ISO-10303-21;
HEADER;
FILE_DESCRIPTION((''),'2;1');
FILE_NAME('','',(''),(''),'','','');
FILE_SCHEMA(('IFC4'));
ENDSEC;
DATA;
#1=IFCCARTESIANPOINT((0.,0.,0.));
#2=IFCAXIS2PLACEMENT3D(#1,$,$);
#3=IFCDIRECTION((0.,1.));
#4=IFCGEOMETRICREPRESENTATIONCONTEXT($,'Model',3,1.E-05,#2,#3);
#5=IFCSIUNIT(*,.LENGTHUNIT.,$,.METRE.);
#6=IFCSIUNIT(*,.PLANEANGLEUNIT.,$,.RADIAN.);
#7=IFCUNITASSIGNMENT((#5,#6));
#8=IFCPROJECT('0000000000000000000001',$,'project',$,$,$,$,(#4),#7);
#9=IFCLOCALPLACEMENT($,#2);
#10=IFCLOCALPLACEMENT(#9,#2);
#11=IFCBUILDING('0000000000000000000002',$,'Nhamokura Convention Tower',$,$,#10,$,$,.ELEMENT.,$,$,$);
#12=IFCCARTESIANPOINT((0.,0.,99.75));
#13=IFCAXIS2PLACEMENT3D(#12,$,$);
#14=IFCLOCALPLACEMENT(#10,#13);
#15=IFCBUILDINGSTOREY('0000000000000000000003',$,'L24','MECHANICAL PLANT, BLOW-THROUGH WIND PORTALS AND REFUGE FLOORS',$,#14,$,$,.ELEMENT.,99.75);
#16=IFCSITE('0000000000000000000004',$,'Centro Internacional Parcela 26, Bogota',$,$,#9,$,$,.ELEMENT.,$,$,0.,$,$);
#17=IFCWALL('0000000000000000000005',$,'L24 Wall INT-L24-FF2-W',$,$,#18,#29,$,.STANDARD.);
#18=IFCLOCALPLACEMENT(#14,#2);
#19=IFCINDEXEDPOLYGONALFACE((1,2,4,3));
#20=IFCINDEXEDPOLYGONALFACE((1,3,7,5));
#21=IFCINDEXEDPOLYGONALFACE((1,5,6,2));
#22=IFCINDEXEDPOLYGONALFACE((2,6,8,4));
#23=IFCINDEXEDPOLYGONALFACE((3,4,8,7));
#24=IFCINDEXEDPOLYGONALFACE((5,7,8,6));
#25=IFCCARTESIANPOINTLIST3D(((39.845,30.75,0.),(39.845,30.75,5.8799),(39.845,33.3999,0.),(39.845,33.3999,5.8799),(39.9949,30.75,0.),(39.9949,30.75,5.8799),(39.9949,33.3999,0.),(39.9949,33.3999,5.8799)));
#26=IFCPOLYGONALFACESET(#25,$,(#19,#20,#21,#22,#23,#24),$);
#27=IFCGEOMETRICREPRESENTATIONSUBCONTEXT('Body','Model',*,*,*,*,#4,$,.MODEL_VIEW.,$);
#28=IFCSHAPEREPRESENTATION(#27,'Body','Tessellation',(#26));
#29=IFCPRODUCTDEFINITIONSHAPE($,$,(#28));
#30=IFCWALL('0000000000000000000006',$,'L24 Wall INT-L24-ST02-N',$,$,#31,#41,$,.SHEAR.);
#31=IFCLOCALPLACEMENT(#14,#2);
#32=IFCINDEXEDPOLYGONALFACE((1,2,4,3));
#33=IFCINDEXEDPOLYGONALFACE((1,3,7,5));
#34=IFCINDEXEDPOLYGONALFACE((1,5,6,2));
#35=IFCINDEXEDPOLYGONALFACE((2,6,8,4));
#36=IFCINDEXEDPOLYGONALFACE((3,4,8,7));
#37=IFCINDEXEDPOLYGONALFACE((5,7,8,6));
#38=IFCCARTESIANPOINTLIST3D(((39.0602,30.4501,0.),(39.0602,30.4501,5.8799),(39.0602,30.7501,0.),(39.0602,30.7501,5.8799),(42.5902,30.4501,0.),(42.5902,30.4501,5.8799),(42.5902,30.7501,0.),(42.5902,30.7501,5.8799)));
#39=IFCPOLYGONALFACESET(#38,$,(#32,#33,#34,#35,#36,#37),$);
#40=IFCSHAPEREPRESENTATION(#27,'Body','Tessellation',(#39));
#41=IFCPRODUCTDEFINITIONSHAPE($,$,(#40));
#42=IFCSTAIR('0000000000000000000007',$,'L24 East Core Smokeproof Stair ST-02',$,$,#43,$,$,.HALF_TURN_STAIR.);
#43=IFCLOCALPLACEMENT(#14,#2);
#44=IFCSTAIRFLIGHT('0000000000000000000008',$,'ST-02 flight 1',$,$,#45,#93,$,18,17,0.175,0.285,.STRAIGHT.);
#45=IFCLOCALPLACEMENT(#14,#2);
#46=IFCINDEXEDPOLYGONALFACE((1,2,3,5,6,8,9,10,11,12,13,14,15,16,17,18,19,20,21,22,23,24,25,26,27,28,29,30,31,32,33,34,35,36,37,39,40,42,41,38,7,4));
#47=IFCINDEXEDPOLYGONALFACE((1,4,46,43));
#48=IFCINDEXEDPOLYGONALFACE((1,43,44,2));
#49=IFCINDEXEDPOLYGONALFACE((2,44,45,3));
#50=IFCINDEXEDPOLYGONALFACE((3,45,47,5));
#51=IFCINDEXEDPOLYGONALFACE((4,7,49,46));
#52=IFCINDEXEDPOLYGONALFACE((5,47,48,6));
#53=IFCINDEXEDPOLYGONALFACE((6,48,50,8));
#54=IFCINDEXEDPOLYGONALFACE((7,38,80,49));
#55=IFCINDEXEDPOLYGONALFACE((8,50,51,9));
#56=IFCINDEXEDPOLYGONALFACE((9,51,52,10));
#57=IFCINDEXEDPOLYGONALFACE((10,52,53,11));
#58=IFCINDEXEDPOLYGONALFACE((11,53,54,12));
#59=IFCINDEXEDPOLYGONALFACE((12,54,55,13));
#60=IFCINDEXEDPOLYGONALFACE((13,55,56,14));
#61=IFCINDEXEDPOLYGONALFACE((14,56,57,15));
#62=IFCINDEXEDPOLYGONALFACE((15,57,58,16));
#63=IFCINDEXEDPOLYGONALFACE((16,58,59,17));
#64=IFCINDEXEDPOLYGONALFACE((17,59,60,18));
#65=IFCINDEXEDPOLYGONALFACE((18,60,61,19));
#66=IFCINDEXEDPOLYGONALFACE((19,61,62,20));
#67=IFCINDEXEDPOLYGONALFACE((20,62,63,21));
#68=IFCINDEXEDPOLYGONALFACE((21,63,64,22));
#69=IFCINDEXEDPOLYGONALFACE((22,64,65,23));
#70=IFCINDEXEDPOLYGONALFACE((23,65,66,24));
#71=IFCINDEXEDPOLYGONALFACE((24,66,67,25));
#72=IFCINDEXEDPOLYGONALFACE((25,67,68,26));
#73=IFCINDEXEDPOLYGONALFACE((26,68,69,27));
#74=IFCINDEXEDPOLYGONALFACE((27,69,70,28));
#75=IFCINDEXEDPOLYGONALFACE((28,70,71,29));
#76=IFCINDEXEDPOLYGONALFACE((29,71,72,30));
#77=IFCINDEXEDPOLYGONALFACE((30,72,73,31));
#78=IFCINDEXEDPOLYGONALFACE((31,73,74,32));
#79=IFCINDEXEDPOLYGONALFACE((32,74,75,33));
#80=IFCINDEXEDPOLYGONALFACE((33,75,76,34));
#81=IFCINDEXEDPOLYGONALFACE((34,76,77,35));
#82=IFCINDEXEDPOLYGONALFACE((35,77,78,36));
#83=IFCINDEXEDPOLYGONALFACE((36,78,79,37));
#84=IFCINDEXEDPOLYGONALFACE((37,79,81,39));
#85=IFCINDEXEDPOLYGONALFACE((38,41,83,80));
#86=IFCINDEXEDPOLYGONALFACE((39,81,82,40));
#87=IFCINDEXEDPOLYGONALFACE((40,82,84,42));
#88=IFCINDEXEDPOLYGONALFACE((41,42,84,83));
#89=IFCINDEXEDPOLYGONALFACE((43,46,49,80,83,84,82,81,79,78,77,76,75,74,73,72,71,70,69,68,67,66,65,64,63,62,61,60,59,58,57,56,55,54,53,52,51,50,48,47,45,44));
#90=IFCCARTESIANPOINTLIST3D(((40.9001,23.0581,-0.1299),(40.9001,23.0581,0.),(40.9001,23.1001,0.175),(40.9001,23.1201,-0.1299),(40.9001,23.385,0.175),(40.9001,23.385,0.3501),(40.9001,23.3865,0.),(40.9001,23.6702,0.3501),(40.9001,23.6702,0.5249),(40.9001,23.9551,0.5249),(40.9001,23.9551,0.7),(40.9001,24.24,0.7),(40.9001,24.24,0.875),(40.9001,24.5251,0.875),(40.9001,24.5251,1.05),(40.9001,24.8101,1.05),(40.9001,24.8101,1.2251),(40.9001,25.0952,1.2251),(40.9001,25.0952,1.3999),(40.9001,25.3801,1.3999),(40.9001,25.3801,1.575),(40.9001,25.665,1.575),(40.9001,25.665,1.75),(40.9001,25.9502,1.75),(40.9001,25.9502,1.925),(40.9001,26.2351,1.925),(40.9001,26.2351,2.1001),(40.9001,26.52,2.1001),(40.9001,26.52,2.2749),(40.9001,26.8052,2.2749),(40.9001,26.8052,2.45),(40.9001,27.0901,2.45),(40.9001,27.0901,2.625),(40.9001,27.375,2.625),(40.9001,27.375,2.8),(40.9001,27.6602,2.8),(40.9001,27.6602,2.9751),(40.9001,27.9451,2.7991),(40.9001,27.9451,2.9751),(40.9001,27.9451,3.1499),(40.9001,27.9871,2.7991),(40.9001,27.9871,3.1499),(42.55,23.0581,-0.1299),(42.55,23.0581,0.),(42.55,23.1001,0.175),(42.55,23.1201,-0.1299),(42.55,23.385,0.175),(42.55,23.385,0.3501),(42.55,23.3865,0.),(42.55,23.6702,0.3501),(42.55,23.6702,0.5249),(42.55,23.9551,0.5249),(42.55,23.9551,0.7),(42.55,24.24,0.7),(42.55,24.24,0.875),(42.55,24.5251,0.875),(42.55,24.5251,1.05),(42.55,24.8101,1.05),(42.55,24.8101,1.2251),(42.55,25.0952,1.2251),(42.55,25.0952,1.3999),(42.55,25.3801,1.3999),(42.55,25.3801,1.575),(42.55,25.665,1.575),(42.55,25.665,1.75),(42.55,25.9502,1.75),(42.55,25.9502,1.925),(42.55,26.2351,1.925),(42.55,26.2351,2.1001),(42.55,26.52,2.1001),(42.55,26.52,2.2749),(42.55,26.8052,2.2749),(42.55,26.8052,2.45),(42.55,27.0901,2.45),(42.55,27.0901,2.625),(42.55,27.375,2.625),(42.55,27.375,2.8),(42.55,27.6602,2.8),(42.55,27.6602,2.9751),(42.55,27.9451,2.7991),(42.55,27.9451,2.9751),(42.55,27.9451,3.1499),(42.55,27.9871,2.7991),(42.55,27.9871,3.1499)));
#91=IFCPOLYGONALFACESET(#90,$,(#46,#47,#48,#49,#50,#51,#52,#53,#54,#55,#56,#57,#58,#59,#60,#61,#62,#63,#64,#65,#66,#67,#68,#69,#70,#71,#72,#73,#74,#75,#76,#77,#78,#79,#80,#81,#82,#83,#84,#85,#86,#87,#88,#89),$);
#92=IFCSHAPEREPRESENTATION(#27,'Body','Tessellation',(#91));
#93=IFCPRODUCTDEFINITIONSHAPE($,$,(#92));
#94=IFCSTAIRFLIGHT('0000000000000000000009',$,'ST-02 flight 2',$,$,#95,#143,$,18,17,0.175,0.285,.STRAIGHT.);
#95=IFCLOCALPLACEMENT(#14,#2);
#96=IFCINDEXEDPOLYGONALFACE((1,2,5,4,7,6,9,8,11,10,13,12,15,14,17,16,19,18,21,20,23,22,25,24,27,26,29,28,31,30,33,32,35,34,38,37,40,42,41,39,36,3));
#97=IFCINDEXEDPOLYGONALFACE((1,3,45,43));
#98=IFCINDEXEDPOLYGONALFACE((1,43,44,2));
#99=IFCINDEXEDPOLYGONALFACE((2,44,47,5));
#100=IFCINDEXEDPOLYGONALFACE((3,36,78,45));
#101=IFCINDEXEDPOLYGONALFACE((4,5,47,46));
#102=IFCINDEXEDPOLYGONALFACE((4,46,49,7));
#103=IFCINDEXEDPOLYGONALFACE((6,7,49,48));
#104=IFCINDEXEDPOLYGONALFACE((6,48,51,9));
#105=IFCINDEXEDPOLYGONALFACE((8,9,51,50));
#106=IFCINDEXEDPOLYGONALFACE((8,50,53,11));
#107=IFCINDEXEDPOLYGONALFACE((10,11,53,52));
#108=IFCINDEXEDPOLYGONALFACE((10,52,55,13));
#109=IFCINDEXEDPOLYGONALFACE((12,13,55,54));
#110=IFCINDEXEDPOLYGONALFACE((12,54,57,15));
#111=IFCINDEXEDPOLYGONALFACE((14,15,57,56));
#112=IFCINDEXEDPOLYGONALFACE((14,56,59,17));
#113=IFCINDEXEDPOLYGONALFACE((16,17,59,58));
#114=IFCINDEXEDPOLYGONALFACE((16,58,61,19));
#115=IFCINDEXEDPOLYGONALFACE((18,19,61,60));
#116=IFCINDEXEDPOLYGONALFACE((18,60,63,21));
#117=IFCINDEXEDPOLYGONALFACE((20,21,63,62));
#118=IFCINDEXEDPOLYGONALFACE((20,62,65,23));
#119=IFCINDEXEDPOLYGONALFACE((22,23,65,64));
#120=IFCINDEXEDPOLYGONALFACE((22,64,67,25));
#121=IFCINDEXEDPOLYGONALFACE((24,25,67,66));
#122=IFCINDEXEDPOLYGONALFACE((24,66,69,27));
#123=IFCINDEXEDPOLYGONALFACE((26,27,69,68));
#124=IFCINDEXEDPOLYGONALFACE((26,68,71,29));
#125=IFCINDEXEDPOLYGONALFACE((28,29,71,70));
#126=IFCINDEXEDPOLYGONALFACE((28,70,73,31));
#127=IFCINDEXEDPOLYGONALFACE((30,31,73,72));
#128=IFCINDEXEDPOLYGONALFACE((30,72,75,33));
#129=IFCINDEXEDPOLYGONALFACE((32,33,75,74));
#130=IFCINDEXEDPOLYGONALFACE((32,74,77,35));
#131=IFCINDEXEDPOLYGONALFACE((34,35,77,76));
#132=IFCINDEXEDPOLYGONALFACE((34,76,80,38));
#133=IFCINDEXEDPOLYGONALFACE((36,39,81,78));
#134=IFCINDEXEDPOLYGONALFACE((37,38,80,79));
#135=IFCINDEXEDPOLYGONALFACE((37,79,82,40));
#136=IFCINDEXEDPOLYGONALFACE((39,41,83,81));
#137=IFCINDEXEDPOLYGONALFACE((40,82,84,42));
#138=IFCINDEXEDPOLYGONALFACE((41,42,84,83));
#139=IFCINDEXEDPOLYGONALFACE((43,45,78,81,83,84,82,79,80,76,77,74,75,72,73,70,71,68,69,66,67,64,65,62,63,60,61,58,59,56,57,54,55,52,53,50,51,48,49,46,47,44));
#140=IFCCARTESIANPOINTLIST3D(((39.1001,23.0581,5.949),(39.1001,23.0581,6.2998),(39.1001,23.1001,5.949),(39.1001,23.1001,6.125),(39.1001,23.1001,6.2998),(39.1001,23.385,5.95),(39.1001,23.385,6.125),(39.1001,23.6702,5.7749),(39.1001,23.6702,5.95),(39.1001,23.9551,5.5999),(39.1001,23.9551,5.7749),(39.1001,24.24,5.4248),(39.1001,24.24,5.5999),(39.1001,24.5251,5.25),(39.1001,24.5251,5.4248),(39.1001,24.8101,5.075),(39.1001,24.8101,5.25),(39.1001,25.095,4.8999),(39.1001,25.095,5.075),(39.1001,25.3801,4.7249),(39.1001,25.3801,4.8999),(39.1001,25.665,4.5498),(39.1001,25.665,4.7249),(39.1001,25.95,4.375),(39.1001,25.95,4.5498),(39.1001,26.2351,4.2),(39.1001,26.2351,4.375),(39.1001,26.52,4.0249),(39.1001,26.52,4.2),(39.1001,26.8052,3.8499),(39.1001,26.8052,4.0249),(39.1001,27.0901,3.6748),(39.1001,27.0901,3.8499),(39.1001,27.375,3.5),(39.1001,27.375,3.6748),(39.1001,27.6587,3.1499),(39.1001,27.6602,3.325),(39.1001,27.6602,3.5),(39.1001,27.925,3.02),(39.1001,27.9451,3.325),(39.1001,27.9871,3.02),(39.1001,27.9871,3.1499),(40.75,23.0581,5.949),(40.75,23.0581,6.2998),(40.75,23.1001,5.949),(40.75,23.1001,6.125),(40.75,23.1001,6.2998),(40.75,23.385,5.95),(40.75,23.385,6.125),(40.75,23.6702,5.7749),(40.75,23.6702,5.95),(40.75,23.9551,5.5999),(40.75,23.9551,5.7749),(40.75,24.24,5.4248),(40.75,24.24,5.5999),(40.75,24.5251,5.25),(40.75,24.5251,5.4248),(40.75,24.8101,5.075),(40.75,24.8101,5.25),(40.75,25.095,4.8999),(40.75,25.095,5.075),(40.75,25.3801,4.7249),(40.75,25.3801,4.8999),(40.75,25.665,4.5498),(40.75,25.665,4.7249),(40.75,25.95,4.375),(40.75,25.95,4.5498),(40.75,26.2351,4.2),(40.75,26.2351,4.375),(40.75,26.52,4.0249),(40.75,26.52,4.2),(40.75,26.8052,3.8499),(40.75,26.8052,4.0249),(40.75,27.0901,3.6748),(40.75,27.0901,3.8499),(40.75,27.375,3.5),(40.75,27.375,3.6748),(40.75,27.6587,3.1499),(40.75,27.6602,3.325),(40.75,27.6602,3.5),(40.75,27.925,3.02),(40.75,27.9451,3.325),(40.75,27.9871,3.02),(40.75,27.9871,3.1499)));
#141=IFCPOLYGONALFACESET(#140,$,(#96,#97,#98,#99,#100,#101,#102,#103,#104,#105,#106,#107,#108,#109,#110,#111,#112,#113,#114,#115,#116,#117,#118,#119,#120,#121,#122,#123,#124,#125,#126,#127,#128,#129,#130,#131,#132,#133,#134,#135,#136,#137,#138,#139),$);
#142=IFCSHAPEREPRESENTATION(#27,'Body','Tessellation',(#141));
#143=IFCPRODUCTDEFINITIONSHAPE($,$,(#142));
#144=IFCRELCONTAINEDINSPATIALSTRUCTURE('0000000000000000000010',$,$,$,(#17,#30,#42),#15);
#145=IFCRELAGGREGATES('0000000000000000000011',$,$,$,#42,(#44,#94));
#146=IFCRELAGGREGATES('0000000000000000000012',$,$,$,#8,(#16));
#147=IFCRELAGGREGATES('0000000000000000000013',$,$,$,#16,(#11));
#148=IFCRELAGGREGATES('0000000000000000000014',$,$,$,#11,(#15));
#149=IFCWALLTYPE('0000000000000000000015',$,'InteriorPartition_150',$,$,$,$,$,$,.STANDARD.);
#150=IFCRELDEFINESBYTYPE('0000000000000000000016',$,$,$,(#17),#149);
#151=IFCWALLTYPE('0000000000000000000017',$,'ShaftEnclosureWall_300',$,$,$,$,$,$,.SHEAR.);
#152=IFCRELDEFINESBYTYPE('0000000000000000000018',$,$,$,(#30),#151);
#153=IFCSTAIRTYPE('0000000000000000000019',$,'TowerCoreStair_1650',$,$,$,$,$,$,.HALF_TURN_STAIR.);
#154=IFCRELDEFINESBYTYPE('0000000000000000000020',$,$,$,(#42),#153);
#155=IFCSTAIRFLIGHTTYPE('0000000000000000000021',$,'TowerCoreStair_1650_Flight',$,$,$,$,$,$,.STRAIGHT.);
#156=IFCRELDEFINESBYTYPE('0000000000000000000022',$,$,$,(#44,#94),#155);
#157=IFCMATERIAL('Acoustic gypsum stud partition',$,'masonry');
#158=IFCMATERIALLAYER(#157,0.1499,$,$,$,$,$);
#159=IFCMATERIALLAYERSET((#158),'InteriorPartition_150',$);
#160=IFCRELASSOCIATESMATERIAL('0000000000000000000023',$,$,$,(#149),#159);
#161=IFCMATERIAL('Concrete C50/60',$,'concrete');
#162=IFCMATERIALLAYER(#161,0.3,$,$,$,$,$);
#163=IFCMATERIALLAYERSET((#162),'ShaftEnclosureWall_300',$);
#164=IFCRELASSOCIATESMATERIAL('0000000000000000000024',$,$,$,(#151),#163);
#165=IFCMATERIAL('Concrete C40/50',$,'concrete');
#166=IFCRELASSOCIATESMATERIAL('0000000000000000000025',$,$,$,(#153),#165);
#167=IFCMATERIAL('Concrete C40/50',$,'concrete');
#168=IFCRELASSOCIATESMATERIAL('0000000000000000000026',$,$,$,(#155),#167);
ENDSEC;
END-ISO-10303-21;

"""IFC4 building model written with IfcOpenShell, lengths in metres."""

from ifc_helpers import new_model, si_unit, direction, frame, frame_2d, origin, place, context, subcontext, project, spatial, polyline, rectangle, outline, extrude, material, layer, layer_set, type_object, element, aggregate, save


model = new_model("IFC4")

# Units and contexts
model_context = context("Model", 3, precision=1e-05, world=origin(), true_north=direction((0.0, 1.0)))
body_context = subcontext(model_context, "Body", "Model", "MODEL_VIEW")
ifc_project = project(units=[si_unit("LENGTHUNIT", "METRE"), si_unit("PLANEANGLEUNIT", "RADIAN")], contexts=[model_context])

# Site, building, storey
site_placement = place(None, origin())
site = spatial("IfcSite", under=ifc_project, at=site_placement, Name="Centro Internacional Parcela 26, Bogota", CompositionType="ELEMENT", RefElevation=0.0)
building_placement = place(site_placement, origin())
building = spatial("IfcBuilding", under=site, at=building_placement, Name="Nhamokura Convention Tower", CompositionType="ELEMENT")
storey_placement = place(building_placement, frame((0.0, 0.0, 99.75)))
storey = spatial("IfcBuildingStorey", under=building, at=storey_placement, Name="L24", Description="MECHANICAL PLANT, BLOW-THROUGH WIND PORTALS AND REFUGE FLOORS", CompositionType="ELEMENT", Elevation=99.75)

# Walls
ifc_material_1 = material(Name="Acoustic gypsum stud partition", Category="masonry")
ifc_layer_1 = layer(ifc_material_1, 0.1499)
ifc_layer_set_1 = layer_set([ifc_layer_1], Name="InteriorPartition_150")
wall_type_1 = type_object("IfcWallType", Name="InteriorPartition_150", PredefinedType="STANDARD", material=ifc_layer_set_1)
wall_1_placement = place(storey_placement, frame((39.9199, 30.75, 0.0), z_axis=(0.0, 0.0, 1.0), x_axis=(0.0, 1.0, 0.0)))
element("IfcWall", 1, at=wall_1_placement, inside=storey, type_object=wall_type_1, Name="L24 Wall INT-L24-FF2-W", PredefinedType="STANDARD", context=body_context, shape_type="SweptSolid", body=[
    extrude(rectangle(XDim=2.6499, YDim=0.1499, at=frame_2d((1.325, 0.0))), origin(), (0.0, 0.0, 1.0), 5.8799),
])
ifc_material_2 = material(Name="Concrete C50/60", Category="concrete")
ifc_layer_2 = layer(ifc_material_2, 0.3)
ifc_layer_set_2 = layer_set([ifc_layer_2], Name="ShaftEnclosureWall_300")
wall_type_2 = type_object("IfcWallType", Name="ShaftEnclosureWall_300", PredefinedType="SHEAR", material=ifc_layer_set_2)
wall_2_placement = place(storey_placement, frame((39.0601, 30.6001, 0.0), z_axis=(0.0, 0.0, 1.0), x_axis=(1.0, 0.0, 0.0)))
element("IfcWall", 2, at=wall_2_placement, inside=storey, type_object=wall_type_2, Name="L24 Wall INT-L24-ST02-N", PredefinedType="SHEAR", context=body_context, shape_type="SweptSolid", body=[
    extrude(rectangle(XDim=3.53, YDim=0.3, at=frame_2d((1.7651, 0.0))), origin(), (0.0, 0.0, 1.0), 5.8799),
])

# Stair, stair flights
ifc_material_3 = material(Name="Concrete C40/50", Category="concrete")
stair_type = type_object("IfcStairType", Name="TowerCoreStair_1650", PredefinedType="HALF_TURN_STAIR", material=ifc_material_3)
stair_placement = place(storey_placement, origin())
stair = element("IfcStair", 3, at=stair_placement, inside=storey, type_object=stair_type, Name="L24 East Core Smokeproof Stair ST-02", PredefinedType="HALF_TURN_STAIR")
ifc_material_4 = material(Name="Concrete C40/50", Category="concrete")
stair_flight_type = type_object("IfcStairFlightType", Name="TowerCoreStair_1650_Flight", PredefinedType="STRAIGHT", material=ifc_material_4)
stair_flight_1_placement = place(storey_placement, frame((41.7251, 23.1001, 0.0), z_axis=(0.0, 0.0, 1.0), x_axis=(0.0, 1.0, 0.0)))
stair_flight_1 = element("IfcStairFlight", 4, at=stair_flight_1_placement, type_object=stair_flight_type, Name="ST-02 flight 1", NumberOfRisers=18, NumberOfTreads=17, PredefinedType="STRAIGHT", RiserHeight=0.175, TreadLength=0.285, context=body_context, shape_type="SweptSolid", body=[
    extrude(outline(polyline([(-0.042, 0.0), (0.0, 0.175), (0.2849, 0.175), (0.2849, 0.3501), (0.5701, 0.3501), (0.5701, 0.5249), (0.855, 0.5249), (0.855, 0.7), (1.1399, 0.7), (1.1399, 0.875), (1.425, 0.875), (1.425, 1.05), (1.71, 1.05), (1.71, 1.2251), (1.9951, 1.2251), (1.9951, 1.3999), (2.28, 1.3999), (2.28, 1.575), (2.5649, 1.575), (2.5649, 1.75), (2.8501, 1.75), (2.8501, 1.925), (3.135, 1.925), (3.135, 2.1001), (3.4199, 2.1001), (3.4199, 2.2749), (3.7051, 2.2749), (3.7051, 2.45), (3.99, 2.45), (3.99, 2.625), (4.2749, 2.625), (4.2749, 2.8), (4.5601, 2.8), (4.5601, 2.9751), (4.845, 2.9751), (4.845, 3.1499), (4.887, 3.1499), (4.887, 2.7991), (4.845, 2.7991), (0.2864, 0.0), (0.02, -0.1299), (-0.042, -0.1299), (-0.042, 0.0)])), frame((0.0, 0.825, 0.0), z_axis=(0.0, -1.0, 0.0), x_axis=(1.0, 0.0, 0.0)), (0.0, 0.0, 1.0), 1.6499),
])
stair_flight_2_placement = place(storey_placement, frame((39.925, 27.9451, 3.1499), z_axis=(0.0, 0.0, 1.0), x_axis=(0.0, -1.0, 0.0)))
stair_flight_2 = element("IfcStairFlight", 5, at=stair_flight_2_placement, type_object=stair_flight_type, Name="ST-02 flight 2", NumberOfRisers=18, NumberOfTreads=17, PredefinedType="STRAIGHT", RiserHeight=0.175, TreadLength=0.285, context=body_context, shape_type="SweptSolid", body=[
    extrude(outline(polyline([(-0.042, 0.0), (0.0, 0.175), (0.2849, 0.175), (0.2849, 0.3501), (0.5701, 0.3501), (0.5701, 0.5249), (0.855, 0.5249), (0.855, 0.7), (1.1399, 0.7), (1.1399, 0.875), (1.425, 0.875), (1.425, 1.05), (1.71, 1.05), (1.71, 1.2251), (1.9951, 1.2251), (1.9951, 1.3999), (2.28, 1.3999), (2.28, 1.575), (2.5649, 1.575), (2.5649, 1.75), (2.8501, 1.75), (2.8501, 1.925), (3.135, 1.925), (3.135, 2.1001), (3.4199, 2.1001), (3.4199, 2.2749), (3.7051, 2.2749), (3.7051, 2.45), (3.99, 2.45), (3.99, 2.625), (4.2749, 2.625), (4.2749, 2.8), (4.5601, 2.8), (4.5601, 2.9751), (4.845, 2.9751), (4.845, 3.1499), (4.887, 3.1499), (4.887, 2.7991), (4.845, 2.7991), (0.2864, 0.0), (0.02, -0.1299), (-0.042, -0.1299), (-0.042, 0.0)])), frame((0.0, 0.825, 0.0), z_axis=(0.0, -1.0, 0.0), x_axis=(1.0, 0.0, 0.0)), (0.0, 0.0, 1.0), 1.6499),
])
aggregate(stair, [stair_flight_1, stair_flight_2])

save(model, "model.ifc")
